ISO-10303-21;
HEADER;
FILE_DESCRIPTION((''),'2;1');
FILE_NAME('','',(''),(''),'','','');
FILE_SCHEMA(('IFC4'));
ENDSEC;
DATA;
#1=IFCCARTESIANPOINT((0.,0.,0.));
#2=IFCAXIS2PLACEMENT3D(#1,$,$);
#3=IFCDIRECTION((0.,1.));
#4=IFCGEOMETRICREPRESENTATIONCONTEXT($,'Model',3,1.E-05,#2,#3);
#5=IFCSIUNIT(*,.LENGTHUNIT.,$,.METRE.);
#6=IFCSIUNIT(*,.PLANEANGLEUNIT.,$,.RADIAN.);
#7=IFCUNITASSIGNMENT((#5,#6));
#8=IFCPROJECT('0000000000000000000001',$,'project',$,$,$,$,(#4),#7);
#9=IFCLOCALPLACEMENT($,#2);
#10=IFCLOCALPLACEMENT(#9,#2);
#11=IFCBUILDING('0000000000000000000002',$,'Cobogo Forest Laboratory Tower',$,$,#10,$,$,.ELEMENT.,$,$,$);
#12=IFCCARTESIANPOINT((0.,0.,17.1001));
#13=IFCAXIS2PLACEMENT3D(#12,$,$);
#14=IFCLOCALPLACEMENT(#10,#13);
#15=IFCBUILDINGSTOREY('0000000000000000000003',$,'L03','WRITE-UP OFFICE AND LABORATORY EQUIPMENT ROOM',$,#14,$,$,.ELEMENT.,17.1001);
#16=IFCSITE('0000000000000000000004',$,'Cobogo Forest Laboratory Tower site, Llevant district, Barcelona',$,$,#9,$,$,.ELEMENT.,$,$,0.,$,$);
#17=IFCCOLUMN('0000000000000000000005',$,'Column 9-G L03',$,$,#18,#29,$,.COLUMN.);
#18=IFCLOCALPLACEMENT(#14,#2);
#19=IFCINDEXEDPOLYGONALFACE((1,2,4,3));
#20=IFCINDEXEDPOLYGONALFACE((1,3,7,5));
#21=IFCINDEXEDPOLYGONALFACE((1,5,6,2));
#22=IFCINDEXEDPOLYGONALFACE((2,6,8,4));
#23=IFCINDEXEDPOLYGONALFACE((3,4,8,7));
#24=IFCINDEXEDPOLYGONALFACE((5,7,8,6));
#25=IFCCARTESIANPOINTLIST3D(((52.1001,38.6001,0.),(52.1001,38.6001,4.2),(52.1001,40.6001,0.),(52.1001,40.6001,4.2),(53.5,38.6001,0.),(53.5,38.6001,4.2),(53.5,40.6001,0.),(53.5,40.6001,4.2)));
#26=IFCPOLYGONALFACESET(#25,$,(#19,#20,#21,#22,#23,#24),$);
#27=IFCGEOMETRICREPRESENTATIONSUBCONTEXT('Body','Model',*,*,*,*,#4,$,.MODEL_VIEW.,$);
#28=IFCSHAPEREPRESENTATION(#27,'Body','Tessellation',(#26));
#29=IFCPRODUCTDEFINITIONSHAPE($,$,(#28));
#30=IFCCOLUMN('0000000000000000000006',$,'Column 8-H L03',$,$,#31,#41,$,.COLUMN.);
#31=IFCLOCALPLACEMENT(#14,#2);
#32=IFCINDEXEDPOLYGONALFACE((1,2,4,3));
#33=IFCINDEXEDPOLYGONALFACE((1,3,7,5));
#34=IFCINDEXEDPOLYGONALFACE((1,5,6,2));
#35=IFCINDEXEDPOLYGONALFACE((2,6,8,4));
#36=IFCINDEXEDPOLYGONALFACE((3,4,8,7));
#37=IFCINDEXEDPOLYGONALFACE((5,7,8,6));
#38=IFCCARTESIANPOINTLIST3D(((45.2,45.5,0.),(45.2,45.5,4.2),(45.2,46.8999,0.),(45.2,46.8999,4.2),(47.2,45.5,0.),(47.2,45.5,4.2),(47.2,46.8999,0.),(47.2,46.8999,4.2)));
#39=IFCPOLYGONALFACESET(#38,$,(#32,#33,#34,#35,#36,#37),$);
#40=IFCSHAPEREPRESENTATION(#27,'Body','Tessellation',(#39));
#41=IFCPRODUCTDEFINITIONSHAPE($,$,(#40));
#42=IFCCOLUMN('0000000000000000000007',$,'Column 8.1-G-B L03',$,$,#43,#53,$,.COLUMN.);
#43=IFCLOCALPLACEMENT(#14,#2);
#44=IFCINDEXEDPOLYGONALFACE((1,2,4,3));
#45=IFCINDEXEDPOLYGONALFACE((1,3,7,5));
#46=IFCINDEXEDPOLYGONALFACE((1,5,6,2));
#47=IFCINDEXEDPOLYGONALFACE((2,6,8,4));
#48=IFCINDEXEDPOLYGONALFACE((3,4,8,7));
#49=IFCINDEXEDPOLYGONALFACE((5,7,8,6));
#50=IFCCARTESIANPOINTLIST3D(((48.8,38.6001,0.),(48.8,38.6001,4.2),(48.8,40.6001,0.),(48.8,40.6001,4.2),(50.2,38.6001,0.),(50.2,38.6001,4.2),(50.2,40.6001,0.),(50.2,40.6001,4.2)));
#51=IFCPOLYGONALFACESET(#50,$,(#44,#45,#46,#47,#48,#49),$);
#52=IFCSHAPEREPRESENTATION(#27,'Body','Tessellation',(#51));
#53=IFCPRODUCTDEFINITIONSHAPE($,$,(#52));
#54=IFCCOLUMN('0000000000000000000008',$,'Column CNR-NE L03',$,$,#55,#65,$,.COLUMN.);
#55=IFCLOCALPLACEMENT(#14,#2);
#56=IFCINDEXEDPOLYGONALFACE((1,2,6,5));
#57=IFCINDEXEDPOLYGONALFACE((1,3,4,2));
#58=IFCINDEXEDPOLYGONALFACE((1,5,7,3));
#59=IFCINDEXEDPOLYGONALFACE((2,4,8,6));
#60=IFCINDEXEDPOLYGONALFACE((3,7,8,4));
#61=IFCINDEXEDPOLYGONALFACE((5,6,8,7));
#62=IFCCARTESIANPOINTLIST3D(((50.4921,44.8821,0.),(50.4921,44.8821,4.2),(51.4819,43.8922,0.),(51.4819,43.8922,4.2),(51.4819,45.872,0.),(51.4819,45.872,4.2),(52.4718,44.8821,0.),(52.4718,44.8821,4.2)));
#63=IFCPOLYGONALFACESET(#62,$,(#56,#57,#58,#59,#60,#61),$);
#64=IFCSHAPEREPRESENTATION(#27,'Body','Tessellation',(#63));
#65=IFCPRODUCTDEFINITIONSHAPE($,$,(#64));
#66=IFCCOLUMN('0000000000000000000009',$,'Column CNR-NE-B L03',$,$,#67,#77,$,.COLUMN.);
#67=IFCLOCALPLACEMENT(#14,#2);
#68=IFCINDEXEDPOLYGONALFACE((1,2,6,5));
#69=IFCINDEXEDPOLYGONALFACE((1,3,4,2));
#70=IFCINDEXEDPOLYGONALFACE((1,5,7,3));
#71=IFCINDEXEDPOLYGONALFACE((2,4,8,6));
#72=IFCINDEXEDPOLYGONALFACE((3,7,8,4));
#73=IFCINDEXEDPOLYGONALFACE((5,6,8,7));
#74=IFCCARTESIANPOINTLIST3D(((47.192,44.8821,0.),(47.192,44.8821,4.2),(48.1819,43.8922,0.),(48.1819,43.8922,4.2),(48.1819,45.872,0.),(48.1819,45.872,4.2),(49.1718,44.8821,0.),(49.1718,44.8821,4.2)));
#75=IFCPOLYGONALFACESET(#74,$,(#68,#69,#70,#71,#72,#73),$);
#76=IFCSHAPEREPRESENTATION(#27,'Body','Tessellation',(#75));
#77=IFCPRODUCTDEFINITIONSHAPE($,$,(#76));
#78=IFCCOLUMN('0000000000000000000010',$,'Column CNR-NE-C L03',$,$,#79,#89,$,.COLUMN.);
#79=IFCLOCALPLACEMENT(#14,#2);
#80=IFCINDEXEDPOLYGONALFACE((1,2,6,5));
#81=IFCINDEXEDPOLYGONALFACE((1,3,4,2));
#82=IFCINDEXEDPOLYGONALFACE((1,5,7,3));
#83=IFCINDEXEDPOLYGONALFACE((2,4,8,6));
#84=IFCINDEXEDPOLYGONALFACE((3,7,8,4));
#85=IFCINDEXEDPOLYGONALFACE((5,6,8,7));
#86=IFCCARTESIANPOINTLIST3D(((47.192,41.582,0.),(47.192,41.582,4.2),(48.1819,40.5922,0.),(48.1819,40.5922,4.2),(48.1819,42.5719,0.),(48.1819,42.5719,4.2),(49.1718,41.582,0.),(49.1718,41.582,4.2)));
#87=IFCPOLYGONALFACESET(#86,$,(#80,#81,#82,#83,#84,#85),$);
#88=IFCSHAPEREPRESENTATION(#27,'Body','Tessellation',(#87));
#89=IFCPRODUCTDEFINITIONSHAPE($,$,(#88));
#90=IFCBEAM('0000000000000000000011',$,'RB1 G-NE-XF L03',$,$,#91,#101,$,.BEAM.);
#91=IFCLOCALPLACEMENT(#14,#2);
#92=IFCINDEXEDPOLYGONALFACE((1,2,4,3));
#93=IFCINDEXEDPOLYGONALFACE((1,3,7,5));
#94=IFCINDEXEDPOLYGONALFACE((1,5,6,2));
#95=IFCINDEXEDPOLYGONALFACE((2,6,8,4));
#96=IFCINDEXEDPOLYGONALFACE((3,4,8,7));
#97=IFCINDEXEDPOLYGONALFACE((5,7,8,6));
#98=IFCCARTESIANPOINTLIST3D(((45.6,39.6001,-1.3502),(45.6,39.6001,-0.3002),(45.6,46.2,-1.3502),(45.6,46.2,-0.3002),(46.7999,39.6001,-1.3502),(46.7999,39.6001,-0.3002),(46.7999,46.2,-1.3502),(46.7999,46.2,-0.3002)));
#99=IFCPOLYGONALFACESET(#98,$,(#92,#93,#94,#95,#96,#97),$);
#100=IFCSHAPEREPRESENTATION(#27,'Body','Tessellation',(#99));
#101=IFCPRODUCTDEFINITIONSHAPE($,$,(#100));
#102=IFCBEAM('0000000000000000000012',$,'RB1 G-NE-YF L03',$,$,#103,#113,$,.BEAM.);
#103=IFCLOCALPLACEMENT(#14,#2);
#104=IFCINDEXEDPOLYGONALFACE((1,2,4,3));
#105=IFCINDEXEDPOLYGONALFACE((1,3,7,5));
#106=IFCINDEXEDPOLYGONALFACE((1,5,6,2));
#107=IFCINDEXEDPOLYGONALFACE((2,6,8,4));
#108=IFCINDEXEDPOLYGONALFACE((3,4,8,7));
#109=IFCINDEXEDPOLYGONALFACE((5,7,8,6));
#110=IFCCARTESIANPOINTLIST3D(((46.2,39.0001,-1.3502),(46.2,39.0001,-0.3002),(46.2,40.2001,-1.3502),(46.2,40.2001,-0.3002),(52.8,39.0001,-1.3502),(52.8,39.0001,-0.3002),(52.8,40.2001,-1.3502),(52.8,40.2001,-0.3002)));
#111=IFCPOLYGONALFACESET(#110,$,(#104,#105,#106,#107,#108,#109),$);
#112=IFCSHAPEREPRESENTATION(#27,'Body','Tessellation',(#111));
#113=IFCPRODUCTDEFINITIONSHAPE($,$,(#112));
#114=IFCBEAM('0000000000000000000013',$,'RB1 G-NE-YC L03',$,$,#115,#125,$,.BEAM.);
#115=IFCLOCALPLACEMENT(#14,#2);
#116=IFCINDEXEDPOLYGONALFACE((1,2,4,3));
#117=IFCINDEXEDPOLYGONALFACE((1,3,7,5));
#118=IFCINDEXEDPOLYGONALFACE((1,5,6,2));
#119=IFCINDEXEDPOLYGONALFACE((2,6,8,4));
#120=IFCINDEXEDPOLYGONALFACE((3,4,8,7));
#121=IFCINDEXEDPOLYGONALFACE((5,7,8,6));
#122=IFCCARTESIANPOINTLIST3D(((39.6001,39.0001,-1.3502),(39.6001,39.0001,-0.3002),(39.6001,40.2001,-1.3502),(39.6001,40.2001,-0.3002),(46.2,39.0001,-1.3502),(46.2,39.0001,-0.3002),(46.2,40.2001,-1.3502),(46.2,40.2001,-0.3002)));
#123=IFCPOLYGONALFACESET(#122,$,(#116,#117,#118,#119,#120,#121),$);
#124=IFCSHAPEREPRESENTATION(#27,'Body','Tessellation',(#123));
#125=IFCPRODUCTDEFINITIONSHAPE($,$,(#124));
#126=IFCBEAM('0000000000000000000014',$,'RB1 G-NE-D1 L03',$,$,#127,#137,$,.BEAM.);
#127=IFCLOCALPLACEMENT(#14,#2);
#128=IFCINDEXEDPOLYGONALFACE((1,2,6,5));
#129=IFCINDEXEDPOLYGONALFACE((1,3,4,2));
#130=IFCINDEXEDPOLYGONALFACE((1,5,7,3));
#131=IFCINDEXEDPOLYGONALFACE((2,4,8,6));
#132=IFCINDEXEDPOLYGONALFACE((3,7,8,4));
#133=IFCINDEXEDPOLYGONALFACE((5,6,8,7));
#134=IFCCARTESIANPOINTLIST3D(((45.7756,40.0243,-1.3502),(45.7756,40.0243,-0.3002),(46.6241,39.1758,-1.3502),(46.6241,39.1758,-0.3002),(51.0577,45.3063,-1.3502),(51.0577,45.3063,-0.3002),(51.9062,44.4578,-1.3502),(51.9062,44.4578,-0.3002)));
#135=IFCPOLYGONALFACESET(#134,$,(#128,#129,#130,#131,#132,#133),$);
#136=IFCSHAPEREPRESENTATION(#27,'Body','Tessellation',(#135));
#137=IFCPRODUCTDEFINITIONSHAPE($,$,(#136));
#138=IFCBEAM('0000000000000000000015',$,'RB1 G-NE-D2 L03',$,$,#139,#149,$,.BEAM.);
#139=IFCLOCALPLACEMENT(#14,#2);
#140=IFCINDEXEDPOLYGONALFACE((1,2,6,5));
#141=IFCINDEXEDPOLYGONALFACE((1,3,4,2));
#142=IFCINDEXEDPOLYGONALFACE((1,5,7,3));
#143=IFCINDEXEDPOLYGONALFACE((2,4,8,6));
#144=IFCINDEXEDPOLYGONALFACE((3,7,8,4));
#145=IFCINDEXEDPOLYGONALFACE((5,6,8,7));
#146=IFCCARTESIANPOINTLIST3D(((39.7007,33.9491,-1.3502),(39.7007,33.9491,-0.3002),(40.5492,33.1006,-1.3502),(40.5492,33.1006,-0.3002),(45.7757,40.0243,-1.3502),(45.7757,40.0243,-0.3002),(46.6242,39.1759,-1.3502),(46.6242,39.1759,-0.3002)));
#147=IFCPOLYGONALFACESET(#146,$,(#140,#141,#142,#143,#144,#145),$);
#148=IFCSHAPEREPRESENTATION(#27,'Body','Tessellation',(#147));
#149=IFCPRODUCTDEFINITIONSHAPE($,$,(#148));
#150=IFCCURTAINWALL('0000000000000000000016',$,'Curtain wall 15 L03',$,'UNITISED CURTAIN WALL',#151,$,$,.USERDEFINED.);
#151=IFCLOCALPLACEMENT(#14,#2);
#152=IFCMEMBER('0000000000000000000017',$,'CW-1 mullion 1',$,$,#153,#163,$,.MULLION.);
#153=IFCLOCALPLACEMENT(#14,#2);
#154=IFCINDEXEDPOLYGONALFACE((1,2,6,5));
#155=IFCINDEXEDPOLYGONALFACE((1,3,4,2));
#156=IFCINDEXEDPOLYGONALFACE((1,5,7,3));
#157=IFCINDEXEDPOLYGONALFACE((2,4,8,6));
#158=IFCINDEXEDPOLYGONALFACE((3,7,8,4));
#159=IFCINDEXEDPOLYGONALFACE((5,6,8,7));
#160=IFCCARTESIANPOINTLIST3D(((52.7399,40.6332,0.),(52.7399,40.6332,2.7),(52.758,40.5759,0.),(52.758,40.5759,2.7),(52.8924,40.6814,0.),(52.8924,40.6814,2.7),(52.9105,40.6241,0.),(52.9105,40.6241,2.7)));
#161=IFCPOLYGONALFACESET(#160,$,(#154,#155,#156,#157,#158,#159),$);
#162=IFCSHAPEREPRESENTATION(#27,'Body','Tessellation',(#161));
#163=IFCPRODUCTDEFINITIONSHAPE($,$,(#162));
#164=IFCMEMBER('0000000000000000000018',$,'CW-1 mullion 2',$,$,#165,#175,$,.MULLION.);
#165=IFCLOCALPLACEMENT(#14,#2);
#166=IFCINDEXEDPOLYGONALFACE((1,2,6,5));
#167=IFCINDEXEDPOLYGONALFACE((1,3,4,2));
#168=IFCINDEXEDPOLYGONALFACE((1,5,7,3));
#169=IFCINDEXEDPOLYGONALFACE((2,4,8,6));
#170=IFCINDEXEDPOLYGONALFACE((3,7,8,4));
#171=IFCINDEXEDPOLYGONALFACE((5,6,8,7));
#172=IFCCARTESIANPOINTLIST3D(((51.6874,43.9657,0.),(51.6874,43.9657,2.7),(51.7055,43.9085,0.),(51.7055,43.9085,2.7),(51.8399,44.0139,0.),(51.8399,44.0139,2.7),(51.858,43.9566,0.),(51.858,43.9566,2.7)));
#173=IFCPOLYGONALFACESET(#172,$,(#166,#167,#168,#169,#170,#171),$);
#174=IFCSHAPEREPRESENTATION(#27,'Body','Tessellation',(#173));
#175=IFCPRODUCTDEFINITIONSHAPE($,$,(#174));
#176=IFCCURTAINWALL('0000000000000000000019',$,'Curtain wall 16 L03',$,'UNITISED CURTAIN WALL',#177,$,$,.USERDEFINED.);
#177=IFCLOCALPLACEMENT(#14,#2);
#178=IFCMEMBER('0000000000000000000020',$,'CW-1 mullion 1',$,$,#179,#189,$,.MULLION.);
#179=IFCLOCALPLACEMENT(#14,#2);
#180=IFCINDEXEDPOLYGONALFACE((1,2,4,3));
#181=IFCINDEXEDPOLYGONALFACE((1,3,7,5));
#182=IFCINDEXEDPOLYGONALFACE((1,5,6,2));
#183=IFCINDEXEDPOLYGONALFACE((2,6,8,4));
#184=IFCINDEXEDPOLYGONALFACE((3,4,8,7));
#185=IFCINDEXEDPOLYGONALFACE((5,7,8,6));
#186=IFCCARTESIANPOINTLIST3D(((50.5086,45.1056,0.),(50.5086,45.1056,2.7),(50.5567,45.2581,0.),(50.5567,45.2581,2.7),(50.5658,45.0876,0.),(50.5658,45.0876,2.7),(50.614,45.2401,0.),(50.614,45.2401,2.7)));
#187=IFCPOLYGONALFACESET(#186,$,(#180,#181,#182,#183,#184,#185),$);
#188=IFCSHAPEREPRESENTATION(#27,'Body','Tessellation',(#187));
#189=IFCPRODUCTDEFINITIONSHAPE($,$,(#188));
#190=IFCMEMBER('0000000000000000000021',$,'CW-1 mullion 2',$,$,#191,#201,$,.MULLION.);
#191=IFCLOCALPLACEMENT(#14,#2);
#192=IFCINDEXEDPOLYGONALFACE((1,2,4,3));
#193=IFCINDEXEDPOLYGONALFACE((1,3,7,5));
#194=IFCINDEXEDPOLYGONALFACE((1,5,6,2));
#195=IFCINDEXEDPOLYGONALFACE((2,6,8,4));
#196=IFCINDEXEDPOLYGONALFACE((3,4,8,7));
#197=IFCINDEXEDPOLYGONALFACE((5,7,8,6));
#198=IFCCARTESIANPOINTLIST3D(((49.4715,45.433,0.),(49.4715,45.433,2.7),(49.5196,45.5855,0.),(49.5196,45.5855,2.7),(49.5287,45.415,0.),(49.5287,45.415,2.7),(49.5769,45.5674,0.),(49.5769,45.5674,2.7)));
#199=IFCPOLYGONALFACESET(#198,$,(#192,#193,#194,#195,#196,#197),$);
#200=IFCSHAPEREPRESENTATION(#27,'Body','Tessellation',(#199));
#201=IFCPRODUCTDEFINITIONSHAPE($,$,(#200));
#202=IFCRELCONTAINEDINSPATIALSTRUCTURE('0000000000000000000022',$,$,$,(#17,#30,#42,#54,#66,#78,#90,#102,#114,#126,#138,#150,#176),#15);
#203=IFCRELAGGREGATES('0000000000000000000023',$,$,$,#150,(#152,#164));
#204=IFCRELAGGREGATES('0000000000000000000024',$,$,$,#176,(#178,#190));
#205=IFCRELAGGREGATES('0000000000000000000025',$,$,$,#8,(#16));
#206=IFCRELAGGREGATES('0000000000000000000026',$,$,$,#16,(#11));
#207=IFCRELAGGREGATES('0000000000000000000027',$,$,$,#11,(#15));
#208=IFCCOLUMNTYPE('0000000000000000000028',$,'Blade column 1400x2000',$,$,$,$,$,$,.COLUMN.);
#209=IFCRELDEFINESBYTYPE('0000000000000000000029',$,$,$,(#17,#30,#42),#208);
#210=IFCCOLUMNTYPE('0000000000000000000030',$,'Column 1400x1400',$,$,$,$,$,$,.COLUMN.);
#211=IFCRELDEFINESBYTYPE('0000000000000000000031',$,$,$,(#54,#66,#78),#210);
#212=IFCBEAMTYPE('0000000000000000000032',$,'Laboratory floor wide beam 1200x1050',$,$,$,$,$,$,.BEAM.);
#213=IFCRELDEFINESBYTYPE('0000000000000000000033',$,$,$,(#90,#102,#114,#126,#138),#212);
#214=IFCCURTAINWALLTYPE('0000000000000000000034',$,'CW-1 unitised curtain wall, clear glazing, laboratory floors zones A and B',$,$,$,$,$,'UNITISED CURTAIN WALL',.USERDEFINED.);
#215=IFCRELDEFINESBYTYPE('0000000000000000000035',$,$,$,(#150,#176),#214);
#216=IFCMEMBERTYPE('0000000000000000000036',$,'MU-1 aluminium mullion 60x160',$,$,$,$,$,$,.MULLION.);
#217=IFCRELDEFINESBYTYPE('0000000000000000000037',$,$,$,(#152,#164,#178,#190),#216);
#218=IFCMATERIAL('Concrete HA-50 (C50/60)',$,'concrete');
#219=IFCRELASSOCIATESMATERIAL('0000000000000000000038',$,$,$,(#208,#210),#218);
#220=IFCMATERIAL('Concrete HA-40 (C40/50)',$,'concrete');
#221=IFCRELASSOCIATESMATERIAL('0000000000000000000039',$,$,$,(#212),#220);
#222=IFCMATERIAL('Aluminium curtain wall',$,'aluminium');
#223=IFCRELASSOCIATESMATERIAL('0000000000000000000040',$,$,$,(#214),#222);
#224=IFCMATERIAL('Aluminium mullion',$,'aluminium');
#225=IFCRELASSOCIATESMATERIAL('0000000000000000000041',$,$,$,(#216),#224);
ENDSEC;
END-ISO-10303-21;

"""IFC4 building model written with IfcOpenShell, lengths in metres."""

from ifc_helpers import new_model, si_unit, direction, frame, origin, origin_2d, place, context, subcontext, project, spatial, rectangle, extrude, material, material_profile, profile_set, type_object, element, aggregate, save


model = new_model("IFC4")

# Units and contexts
model_context = context("Model", 3, precision=1e-05, world=origin(), true_north=direction((0.0, 1.0)))
body_context = subcontext(model_context, "Body", "Model", "MODEL_VIEW")
ifc_project = project(units=[si_unit("LENGTHUNIT", "METRE"), si_unit("PLANEANGLEUNIT", "RADIAN")], contexts=[model_context])

# Site, building, storey
site_placement = place(None, origin())
site = spatial("IfcSite", under=ifc_project, at=site_placement, Name="Cobogo Forest Laboratory Tower site, Llevant district, Barcelona", CompositionType="ELEMENT", RefElevation=0.0)
building_placement = place(site_placement, origin())
building = spatial("IfcBuilding", under=site, at=building_placement, Name="Cobogo Forest Laboratory Tower", CompositionType="ELEMENT")
storey_placement = place(building_placement, frame((0.0, 0.0, 17.1001)))
storey = spatial("IfcBuildingStorey", under=building, at=storey_placement, Name="L03", Description="WRITE-UP OFFICE AND LABORATORY EQUIPMENT ROOM", CompositionType="ELEMENT", Elevation=17.1001)

# Columns
ifc_material_1 = material(Name="Concrete HA-50 (C50/60)", Category="concrete")
ifc_material_profile_1 = material_profile(ifc_material_1, rectangle(XDim=2.0, YDim=1.3999, at=origin_2d()), Name="RC 1400x2000")
ifc_profile_set_1 = profile_set([ifc_material_profile_1], Name="Concrete HA-50 (C50/60)")
column_type_1 = type_object("IfcColumnType", Name="Blade column 1400x2000", PredefinedType="COLUMN", material=ifc_profile_set_1)
for number, where, z_axis, x_axis, name in (
    (1, (52.8, 39.6001, 0.0), (0.0, 0.0, 1.0), (0.0, 1.0, 0.0), "Column 9-G L03"),
    (2, (46.2, 46.2, 0.0), (0.0, 0.0, 1.0), (1.0, 0.0, 0.0), "Column 8-H L03"),
    (3, (49.5, 39.6001, 0.0), (0.0, 0.0, 1.0), (0.0, 1.0, 0.0), "Column 8.1-G-B L03"),
):
    element("IfcColumn", number, at=place(storey_placement, frame(where, z_axis=z_axis, x_axis=x_axis)), inside=storey, type_object=column_type_1, Name=name, PredefinedType="COLUMN", context=body_context, shape_type="SweptSolid", body=[
        extrude(rectangle(XDim=2.0, YDim=1.3999, at=origin_2d()), origin(), (0.0, 0.0, 1.0), 4.2),
    ])
ifc_material_profile_2 = material_profile(ifc_material_1, rectangle(XDim=1.3999, YDim=1.3999, at=origin_2d()), Name="RC 1400x1400")
ifc_profile_set_2 = profile_set([ifc_material_profile_2], Name="Concrete HA-50 (C50/60)")
column_type_2 = type_object("IfcColumnType", Name="Column 1400x1400", PredefinedType="COLUMN", material=ifc_profile_set_2)
for number, where, z_axis, x_axis, name in (
    (4, (51.4819, 44.8821, 0.0), (0.0, 0.0, 1.0), (0.707107, 0.707107, 0.0), "Column CNR-NE L03"),
    (5, (48.1819, 44.8821, 0.0), (0.0, 0.0, 1.0), (0.707107, 0.707107, 0.0), "Column CNR-NE-B L03"),
    (6, (48.1819, 41.582, 0.0), (0.0, 0.0, 1.0), (0.707107, 0.707107, 0.0), "Column CNR-NE-C L03"),
):
    element("IfcColumn", number, at=place(storey_placement, frame(where, z_axis=z_axis, x_axis=x_axis)), inside=storey, type_object=column_type_2, Name=name, PredefinedType="COLUMN", context=body_context, shape_type="SweptSolid", body=[
        extrude(rectangle(XDim=1.3999, YDim=1.3999, at=origin_2d()), origin(), (0.0, 0.0, 1.0), 4.2),
    ])

# Beams
ifc_material_2 = material(Name="Concrete HA-40 (C40/50)", Category="concrete")
ifc_material_profile_3 = material_profile(ifc_material_2, rectangle(XDim=1.2, YDim=1.05, at=origin_2d()), Name="RC 1200x1050")
ifc_profile_set_3 = profile_set([ifc_material_profile_3], Name="Concrete HA-40 (C40/50)")
beam_type_1 = type_object("IfcBeamType", Name="Laboratory floor wide beam 1200x1050", PredefinedType="BEAM", material=ifc_profile_set_3)
beam_1_placement = place(storey_placement, frame((46.2, 46.2, -0.8252), z_axis=(0.0, -1.0, 0.0), x_axis=(1.0, 0.0, 0.0)))
element("IfcBeam", 7, at=beam_1_placement, inside=storey, type_object=beam_type_1, Name="RB1 G-NE-XF L03", PredefinedType="BEAM", context=body_context, shape_type="SweptSolid", body=[
    extrude(rectangle(XDim=1.2, YDim=1.05, at=origin_2d()), origin(), (0.0, 0.0, 1.0), 6.5999),
])
beam_2_placement = place(storey_placement, frame((52.8, 39.6001, -0.8252), z_axis=(-1.0, 0.0, 0.0), x_axis=(0.0, -1.0, 0.0)))
element("IfcBeam", 8, at=beam_2_placement, inside=storey, type_object=beam_type_1, Name="RB1 G-NE-YF L03", PredefinedType="BEAM", context=body_context, shape_type="SweptSolid", body=[
    extrude(rectangle(XDim=1.2, YDim=1.05, at=origin_2d()), origin(), (0.0, 0.0, 1.0), 6.6001),
])
beam_3_placement = place(storey_placement, frame((46.2, 39.6001, -0.8252), z_axis=(-1.0, 0.0, 0.0), x_axis=(0.0, -1.0, 0.0)))
element("IfcBeam", 9, at=beam_3_placement, inside=storey, type_object=beam_type_1, Name="RB1 G-NE-YC L03", PredefinedType="BEAM", context=body_context, shape_type="SweptSolid", body=[
    extrude(rectangle(XDim=1.2, YDim=1.05, at=origin_2d()), origin(), (0.0, 0.0, 1.0), 6.5999),
])
beam_4_placement = place(storey_placement, frame((51.4819, 44.8821, -0.8252), z_axis=(-0.707107, -0.707107, 0.0), x_axis=(0.707107, -0.707107, 0.0)))
element("IfcBeam", 10, at=beam_4_placement, inside=storey, type_object=beam_type_1, Name="RB1 G-NE-D1 L03", PredefinedType="BEAM", context=body_context, shape_type="SweptSolid", body=[
    extrude(rectangle(XDim=1.2, YDim=1.05, at=origin_2d()), origin(), (0.0, 0.0, 1.0), 7.47),
])
beam_5_placement = place(storey_placement, frame((46.2, 39.6001, -0.8252), z_axis=(-0.707093, -0.707121, 0.0), x_axis=(0.707121, -0.707093, 0.0)))
element("IfcBeam", 11, at=beam_5_placement, inside=storey, type_object=beam_type_1, Name="RB1 G-NE-D2 L03", PredefinedType="BEAM", context=body_context, shape_type="SweptSolid", body=[
    extrude(rectangle(XDim=1.2, YDim=1.05, at=origin_2d()), origin(), (0.0, 0.0, 1.0), 8.5916),
])

# Curtain walls, members
ifc_material_3 = material(Name="Aluminium curtain wall", Category="aluminium")
curtain_wall_type = type_object("IfcCurtainWallType", Name="CW-1 unitised curtain wall, clear glazing, laboratory floors zones A and B", ElementType="UNITISED CURTAIN WALL", PredefinedType="USERDEFINED", material=ifc_material_3)
curtain_wall_1_placement = place(storey_placement, origin())
curtain_wall_1 = element("IfcCurtainWall", 12, at=curtain_wall_1_placement, inside=storey, type_object=curtain_wall_type, Name="Curtain wall 15 L03", ObjectType="UNITISED CURTAIN WALL", PredefinedType="USERDEFINED")
ifc_material_4 = material(Name="Aluminium mullion", Category="aluminium")
ifc_material_profile_4 = material_profile(ifc_material_4, rectangle(XDim=0.0601, YDim=0.1599, at=origin_2d()), Name="AL 60x160")
ifc_profile_set_4 = profile_set([ifc_material_profile_4], Name="Aluminium mullion")
member_type_1 = type_object("IfcMemberType", Name="MU-1 aluminium mullion 60x160", PredefinedType="MULLION", material=ifc_profile_set_4)
member_1_placement = place(storey_placement, frame((52.8252, 40.6287, 0.0), z_axis=(0.0, 0.0, 1.0), x_axis=(-0.301135, 0.953581, 0.0)))
member_1 = element("IfcMember", 13, at=member_1_placement, type_object=member_type_1, Name="CW-1 mullion 1", PredefinedType="MULLION", context=body_context, shape_type="SweptSolid", body=[
    extrude(rectangle(XDim=0.0601, YDim=0.1599, at=origin_2d()), origin(), (0.0, 0.0, 1.0), 2.7),
])
member_2_placement = place(storey_placement, frame((51.7727, 43.9612, 0.0), z_axis=(0.0, 0.0, 1.0), x_axis=(-0.301135, 0.953581, 0.0)))
member_2 = element("IfcMember", 14, at=member_2_placement, type_object=member_type_1, Name="CW-1 mullion 2", PredefinedType="MULLION", context=body_context, shape_type="SweptSolid", body=[
    extrude(rectangle(XDim=0.0601, YDim=0.1599, at=origin_2d()), origin(), (0.0, 0.0, 1.0), 2.7),
])
curtain_wall_2_placement = place(storey_placement, origin())
curtain_wall_2 = element("IfcCurtainWall", 15, at=curtain_wall_2_placement, inside=storey, type_object=curtain_wall_type, Name="Curtain wall 16 L03", ObjectType="UNITISED CURTAIN WALL", PredefinedType="USERDEFINED")
member_3_placement = place(storey_placement, frame((50.5613, 45.1729, 0.0), z_axis=(0.0, 0.0, 1.0), x_axis=(-0.953581, 0.301135, 0.0)))
member_3 = element("IfcMember", 16, at=member_3_placement, type_object=member_type_1, Name="CW-1 mullion 1", PredefinedType="MULLION", context=body_context, shape_type="SweptSolid", body=[
    extrude(rectangle(XDim=0.0601, YDim=0.1599, at=origin_2d()), origin(), (0.0, 0.0, 1.0), 2.7),
])
member_4_placement = place(storey_placement, frame((49.5242, 45.5002, 0.0), z_axis=(0.0, 0.0, 1.0), x_axis=(-0.953581, 0.301135, 0.0)))
member_4 = element("IfcMember", 17, at=member_4_placement, type_object=member_type_1, Name="CW-1 mullion 2", PredefinedType="MULLION", context=body_context, shape_type="SweptSolid", body=[
    extrude(rectangle(XDim=0.0601, YDim=0.1599, at=origin_2d()), origin(), (0.0, 0.0, 1.0), 2.7),
])

aggregate(curtain_wall_1, [member_1, member_2])
aggregate(curtain_wall_2, [member_3, member_4])

save(model, "model.ifc")
